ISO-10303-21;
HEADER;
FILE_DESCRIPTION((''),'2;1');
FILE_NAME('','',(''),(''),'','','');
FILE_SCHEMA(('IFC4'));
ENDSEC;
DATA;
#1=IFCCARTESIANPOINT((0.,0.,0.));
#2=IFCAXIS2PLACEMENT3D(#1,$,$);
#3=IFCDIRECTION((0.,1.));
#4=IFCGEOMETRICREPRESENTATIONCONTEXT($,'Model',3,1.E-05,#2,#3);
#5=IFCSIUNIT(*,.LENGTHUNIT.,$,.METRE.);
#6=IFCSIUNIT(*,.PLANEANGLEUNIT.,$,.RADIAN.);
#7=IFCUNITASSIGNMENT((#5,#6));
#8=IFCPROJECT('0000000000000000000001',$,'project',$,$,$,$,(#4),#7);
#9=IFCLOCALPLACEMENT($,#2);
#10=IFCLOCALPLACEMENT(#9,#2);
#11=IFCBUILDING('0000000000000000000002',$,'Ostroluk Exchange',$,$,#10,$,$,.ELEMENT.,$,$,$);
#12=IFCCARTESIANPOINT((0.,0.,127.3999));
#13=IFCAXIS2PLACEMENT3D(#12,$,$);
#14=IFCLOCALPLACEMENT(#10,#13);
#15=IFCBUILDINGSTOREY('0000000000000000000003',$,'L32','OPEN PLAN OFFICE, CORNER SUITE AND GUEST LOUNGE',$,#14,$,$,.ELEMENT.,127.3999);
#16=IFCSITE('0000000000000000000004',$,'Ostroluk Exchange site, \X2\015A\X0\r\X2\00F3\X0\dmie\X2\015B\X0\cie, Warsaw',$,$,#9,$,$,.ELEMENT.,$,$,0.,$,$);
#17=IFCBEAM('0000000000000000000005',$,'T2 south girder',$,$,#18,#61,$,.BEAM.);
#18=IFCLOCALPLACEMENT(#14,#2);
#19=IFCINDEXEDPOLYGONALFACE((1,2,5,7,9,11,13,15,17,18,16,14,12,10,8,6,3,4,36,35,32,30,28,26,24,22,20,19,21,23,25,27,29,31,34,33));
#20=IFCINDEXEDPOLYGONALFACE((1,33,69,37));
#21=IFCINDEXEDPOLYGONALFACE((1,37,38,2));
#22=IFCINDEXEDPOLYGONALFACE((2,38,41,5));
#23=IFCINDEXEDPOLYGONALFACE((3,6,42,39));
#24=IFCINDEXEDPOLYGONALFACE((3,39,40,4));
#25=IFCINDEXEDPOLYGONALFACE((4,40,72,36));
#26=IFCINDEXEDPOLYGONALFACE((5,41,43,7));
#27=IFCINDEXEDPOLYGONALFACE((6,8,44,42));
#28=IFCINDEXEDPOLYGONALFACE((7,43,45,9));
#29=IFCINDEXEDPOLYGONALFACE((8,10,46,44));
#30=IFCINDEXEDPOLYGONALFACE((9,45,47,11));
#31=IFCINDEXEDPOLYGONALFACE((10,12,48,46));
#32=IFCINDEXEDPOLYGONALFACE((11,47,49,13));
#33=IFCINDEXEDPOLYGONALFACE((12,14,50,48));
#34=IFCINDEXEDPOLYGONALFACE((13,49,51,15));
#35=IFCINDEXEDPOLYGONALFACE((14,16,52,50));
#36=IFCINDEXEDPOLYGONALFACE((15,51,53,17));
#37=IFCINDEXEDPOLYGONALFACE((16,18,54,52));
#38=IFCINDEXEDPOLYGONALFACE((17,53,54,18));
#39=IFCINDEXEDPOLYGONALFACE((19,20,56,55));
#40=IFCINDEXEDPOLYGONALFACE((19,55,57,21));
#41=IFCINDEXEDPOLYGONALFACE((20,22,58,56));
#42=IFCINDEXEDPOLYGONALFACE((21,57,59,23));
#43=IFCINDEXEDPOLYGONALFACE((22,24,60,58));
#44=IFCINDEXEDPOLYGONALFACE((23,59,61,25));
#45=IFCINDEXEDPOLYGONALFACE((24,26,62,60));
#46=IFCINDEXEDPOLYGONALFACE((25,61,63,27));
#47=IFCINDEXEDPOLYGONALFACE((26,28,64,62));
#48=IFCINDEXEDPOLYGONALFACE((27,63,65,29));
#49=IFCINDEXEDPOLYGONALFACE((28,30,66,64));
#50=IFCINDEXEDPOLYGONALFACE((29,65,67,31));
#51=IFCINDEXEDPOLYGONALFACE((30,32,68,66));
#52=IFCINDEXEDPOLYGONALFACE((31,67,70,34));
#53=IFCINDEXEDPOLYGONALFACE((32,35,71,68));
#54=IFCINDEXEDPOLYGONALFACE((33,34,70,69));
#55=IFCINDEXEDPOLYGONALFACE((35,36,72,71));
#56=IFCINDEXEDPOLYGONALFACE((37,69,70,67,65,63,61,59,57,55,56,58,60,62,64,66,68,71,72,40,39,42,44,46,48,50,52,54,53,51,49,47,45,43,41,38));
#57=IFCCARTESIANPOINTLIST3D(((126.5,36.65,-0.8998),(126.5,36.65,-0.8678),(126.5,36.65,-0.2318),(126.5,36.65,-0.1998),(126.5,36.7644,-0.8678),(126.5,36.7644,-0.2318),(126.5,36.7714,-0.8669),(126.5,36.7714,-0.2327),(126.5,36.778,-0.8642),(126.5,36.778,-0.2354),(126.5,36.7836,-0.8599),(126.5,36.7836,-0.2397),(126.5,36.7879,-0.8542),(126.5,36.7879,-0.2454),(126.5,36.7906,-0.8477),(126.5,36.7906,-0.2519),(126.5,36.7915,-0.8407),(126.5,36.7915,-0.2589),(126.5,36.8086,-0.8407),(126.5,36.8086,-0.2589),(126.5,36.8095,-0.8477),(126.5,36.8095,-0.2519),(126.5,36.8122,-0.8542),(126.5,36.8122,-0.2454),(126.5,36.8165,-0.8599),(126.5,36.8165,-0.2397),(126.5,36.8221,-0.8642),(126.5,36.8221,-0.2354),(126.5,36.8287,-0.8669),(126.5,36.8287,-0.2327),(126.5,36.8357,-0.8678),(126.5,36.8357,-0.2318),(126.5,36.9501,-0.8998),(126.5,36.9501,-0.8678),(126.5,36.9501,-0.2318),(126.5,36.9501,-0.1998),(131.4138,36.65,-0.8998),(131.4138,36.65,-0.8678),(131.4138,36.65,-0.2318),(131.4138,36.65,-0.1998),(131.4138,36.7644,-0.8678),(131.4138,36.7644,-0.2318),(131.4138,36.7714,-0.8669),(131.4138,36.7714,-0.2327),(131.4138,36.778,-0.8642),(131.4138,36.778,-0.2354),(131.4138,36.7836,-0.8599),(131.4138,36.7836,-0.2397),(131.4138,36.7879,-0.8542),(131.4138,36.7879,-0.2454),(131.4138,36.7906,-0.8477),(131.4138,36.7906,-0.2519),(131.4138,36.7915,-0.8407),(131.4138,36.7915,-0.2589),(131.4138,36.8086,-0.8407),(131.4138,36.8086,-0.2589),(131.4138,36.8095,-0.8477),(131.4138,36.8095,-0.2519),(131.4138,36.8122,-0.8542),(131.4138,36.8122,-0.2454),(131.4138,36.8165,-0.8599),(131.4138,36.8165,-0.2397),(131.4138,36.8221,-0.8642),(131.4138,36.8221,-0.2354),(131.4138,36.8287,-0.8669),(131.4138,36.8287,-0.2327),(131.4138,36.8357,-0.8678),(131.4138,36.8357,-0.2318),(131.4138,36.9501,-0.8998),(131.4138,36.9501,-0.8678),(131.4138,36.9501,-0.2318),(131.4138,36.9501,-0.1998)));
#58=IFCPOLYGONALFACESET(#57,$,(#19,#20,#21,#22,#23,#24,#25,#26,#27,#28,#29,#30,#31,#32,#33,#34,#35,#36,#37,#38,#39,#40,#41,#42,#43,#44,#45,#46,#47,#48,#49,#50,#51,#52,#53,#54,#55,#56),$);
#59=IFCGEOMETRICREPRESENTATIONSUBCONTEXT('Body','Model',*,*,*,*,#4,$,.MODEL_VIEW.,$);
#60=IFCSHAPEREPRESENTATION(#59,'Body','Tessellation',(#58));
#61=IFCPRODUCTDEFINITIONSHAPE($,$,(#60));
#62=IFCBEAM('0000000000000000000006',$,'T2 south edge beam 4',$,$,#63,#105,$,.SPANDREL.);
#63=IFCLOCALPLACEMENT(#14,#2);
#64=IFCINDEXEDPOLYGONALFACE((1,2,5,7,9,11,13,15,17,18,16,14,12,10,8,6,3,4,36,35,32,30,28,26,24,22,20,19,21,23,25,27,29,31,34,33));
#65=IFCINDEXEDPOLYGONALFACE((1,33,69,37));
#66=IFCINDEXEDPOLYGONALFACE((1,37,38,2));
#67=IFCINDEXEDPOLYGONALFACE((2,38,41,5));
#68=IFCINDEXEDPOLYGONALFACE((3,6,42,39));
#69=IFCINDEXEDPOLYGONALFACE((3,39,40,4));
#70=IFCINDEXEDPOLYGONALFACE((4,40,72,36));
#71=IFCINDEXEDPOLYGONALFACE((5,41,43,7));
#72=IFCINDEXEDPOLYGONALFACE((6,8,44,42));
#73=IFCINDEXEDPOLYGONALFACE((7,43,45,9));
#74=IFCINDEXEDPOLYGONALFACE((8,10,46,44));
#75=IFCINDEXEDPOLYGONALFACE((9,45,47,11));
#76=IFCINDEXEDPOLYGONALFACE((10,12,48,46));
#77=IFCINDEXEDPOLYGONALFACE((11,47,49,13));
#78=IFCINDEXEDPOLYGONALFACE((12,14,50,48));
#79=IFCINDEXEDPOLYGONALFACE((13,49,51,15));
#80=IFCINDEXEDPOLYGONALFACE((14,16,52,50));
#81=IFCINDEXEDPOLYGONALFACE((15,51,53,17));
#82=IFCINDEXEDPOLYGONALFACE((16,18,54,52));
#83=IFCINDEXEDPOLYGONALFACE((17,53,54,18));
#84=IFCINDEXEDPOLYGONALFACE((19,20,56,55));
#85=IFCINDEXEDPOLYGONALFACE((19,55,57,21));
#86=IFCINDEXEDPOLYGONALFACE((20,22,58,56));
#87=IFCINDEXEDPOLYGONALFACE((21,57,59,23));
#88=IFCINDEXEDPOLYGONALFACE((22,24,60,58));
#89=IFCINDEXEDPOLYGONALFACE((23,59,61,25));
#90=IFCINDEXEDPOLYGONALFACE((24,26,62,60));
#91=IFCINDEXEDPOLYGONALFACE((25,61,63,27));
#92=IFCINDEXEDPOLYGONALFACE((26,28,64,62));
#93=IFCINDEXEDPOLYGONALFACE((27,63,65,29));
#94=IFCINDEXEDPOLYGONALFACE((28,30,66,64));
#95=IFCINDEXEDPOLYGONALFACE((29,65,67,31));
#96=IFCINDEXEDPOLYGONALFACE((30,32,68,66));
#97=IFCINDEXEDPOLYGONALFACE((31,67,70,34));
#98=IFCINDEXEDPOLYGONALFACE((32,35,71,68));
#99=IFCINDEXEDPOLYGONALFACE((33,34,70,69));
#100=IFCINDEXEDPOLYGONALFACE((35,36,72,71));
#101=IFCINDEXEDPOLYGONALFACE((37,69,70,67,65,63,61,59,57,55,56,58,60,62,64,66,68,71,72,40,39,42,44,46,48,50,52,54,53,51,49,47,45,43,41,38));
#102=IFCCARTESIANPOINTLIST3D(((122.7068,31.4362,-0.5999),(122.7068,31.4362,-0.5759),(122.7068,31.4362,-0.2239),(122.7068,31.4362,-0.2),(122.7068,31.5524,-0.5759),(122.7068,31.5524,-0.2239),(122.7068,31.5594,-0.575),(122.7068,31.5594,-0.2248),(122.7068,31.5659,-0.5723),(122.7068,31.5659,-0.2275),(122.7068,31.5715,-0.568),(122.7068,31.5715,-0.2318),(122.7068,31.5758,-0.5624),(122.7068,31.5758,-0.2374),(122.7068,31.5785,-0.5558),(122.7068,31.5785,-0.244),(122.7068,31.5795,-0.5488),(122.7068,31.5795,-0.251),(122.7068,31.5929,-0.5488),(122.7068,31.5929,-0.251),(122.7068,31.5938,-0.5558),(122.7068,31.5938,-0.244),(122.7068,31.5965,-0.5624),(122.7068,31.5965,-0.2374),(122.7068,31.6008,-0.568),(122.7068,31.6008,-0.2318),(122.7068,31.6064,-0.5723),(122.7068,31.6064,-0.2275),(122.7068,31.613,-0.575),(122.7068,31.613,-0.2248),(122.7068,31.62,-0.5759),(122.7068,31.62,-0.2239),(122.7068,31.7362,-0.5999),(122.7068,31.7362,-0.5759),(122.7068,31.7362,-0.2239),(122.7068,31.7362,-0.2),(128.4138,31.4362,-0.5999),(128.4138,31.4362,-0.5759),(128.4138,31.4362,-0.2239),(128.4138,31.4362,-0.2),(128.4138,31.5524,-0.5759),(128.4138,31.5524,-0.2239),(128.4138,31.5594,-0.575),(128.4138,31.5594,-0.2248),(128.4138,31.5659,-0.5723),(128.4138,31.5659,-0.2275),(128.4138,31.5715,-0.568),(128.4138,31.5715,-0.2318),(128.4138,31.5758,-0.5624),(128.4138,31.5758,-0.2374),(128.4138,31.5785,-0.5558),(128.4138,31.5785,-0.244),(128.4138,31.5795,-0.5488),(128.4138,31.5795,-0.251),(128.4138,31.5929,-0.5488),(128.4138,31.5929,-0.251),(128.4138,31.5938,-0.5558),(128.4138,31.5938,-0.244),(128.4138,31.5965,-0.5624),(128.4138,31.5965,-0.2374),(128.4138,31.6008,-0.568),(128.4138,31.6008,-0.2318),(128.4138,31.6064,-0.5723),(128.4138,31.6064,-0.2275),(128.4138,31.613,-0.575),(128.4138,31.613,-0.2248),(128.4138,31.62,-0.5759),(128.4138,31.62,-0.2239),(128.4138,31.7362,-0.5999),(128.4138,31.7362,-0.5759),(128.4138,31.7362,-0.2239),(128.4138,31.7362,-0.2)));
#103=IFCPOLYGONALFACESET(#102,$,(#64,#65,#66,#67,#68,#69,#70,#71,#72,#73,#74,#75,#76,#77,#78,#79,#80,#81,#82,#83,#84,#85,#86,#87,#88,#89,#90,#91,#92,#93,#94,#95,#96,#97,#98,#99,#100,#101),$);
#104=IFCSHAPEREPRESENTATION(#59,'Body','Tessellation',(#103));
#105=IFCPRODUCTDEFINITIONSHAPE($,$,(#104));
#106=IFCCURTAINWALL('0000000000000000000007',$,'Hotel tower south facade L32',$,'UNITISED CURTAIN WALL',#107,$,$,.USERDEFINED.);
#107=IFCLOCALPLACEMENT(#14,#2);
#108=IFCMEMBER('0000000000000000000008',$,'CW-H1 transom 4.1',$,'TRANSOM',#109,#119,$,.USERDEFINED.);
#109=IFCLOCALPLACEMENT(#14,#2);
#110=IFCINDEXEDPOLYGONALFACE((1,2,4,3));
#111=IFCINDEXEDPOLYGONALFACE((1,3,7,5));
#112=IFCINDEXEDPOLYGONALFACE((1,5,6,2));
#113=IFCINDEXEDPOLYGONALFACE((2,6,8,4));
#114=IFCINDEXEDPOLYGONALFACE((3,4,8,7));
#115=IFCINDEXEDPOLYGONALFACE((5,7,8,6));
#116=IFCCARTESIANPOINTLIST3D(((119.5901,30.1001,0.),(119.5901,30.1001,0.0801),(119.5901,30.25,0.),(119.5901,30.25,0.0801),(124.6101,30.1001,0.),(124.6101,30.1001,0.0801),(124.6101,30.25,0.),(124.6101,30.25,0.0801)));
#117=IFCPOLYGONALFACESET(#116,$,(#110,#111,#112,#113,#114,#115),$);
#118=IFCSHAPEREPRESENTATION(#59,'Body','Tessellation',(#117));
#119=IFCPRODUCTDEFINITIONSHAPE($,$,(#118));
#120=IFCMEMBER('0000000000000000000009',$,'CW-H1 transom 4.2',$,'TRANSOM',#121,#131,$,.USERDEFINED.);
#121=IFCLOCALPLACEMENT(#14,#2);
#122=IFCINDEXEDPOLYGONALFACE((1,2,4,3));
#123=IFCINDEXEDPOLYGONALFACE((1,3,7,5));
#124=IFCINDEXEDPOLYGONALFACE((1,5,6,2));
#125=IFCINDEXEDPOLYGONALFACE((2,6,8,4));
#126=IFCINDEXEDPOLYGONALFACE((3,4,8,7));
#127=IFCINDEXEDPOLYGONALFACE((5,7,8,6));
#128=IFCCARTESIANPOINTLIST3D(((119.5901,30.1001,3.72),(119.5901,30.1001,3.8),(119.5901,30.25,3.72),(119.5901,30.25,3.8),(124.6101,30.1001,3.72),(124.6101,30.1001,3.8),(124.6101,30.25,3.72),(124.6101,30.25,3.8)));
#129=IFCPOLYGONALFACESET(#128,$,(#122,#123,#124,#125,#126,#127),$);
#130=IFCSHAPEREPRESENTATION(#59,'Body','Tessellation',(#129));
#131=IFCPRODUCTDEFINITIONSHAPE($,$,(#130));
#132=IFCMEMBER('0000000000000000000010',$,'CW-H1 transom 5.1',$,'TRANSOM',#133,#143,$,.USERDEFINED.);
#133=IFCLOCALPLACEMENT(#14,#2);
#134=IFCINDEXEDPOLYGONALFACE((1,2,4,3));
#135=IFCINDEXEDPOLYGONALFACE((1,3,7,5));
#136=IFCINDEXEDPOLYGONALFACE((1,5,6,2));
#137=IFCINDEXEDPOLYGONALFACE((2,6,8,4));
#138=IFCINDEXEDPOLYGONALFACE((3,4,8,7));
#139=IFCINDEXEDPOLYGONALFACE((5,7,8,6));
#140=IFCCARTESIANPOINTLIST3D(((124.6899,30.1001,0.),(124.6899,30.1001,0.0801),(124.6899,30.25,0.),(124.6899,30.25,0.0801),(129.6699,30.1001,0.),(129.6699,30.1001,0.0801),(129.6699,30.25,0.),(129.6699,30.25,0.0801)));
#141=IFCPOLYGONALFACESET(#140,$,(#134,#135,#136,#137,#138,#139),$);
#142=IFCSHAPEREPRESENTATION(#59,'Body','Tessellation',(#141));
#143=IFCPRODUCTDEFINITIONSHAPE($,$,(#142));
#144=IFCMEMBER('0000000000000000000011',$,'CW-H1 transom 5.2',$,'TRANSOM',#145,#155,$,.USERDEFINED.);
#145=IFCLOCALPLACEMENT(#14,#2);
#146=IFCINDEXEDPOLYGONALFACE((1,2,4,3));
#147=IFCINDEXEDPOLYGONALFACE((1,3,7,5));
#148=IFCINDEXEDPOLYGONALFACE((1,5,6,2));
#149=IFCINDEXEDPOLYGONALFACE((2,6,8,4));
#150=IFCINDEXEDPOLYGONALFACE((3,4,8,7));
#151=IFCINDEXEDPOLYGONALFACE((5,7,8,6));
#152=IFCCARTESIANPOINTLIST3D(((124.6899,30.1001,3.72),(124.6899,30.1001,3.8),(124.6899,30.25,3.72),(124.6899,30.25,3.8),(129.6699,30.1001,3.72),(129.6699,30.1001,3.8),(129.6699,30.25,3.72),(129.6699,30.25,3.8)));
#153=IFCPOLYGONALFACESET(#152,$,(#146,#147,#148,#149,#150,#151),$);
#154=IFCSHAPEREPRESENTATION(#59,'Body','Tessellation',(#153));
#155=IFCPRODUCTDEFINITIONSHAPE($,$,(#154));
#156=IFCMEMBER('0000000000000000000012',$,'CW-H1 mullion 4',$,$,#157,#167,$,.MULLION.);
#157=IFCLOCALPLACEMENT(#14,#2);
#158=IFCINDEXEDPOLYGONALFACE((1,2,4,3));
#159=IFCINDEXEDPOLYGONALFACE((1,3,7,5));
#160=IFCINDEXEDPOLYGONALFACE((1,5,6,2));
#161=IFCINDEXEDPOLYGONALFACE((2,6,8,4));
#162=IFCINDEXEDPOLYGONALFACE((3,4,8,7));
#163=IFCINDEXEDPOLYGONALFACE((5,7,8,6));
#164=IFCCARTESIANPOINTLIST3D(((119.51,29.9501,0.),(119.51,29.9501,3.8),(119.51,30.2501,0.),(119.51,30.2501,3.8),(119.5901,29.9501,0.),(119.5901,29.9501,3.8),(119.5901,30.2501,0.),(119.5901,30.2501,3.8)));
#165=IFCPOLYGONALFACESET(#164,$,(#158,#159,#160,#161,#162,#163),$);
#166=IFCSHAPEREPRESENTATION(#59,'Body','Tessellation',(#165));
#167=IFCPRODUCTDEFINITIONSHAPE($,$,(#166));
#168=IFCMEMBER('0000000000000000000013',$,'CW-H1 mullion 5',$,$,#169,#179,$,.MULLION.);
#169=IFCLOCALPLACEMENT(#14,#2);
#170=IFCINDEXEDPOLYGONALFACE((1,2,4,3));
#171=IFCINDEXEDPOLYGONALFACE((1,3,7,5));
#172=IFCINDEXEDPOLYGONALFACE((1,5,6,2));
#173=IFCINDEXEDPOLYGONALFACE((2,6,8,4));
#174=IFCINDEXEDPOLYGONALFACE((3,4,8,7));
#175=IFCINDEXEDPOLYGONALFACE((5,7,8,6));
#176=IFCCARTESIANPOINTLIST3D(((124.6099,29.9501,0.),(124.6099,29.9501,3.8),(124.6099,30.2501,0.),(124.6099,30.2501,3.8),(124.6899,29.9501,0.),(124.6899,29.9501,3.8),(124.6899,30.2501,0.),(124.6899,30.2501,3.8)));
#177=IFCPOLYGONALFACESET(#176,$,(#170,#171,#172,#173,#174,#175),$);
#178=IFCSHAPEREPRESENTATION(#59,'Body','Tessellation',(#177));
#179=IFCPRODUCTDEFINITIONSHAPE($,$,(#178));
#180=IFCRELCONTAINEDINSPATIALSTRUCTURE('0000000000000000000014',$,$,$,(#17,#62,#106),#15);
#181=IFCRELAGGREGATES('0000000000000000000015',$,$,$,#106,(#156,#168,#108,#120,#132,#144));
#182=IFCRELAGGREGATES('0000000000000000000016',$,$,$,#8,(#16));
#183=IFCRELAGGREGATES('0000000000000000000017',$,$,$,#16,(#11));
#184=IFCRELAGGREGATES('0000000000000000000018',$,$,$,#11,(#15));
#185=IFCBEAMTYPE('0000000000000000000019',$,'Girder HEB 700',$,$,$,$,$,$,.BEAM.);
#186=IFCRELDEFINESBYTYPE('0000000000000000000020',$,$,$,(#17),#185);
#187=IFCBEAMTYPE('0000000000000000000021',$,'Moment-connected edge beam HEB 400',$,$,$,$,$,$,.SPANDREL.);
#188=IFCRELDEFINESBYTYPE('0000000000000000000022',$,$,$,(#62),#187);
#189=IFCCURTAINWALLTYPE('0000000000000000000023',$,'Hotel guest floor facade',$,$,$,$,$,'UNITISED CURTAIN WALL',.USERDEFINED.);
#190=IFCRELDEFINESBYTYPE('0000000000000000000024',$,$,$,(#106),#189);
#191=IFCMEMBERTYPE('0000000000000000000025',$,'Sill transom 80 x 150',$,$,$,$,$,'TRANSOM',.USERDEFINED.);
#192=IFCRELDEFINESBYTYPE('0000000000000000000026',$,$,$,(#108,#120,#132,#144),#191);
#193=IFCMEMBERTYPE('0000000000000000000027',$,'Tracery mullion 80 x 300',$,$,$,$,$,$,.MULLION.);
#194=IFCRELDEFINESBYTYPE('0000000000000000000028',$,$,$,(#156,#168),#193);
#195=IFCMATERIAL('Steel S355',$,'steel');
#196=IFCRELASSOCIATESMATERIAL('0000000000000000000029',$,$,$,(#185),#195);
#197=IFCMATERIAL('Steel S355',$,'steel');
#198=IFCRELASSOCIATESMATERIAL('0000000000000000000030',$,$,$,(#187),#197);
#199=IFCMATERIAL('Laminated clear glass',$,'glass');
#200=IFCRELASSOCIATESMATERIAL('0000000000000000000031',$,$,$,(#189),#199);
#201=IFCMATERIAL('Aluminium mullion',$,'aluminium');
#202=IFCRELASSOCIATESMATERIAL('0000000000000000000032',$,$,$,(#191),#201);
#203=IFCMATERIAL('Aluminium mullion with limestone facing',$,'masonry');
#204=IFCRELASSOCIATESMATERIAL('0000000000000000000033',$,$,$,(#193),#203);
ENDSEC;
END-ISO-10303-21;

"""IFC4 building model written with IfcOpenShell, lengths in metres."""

from ifc_helpers import new_model, si_unit, direction, frame, origin, origin_2d, place, context, subcontext, project, spatial, rectangle, i_section, extrude, material, material_profile, profile_set, type_object, element, aggregate, save


model = new_model("IFC4")

# Units and contexts
model_context = context("Model", 3, precision=1e-05, world=origin(), true_north=direction((0.0, 1.0)))
body_context = subcontext(model_context, "Body", "Model", "MODEL_VIEW")
ifc_project = project(units=[si_unit("LENGTHUNIT", "METRE"), si_unit("PLANEANGLEUNIT", "RADIAN")], contexts=[model_context])

# Site, building, storey
site_placement = place(None, origin())
site = spatial("IfcSite", under=ifc_project, at=site_placement, Name="Ostroluk Exchange site, Śródmieście, Warsaw", CompositionType="ELEMENT", RefElevation=0.0)
building_placement = place(site_placement, origin())
building = spatial("IfcBuilding", under=site, at=building_placement, Name="Ostroluk Exchange", CompositionType="ELEMENT")
storey_placement = place(building_placement, frame((0.0, 0.0, 127.3999)))
storey = spatial("IfcBuildingStorey", under=building, at=storey_placement, Name="L32", Description="OPEN PLAN OFFICE, CORNER SUITE AND GUEST LOUNGE", CompositionType="ELEMENT", Elevation=127.3999)

# Beams
ifc_material_1 = material(Name="Steel S355", Category="steel")
ifc_material_profile_1 = material_profile(ifc_material_1, i_section(OverallWidth=0.3, OverallDepth=0.7, WebThickness=0.0171, FlangeThickness=0.032, FilletRadius=0.0271, at=origin_2d()), Name="HEB 700")
ifc_profile_set_1 = profile_set([ifc_material_profile_1], Name="Steel S355")
beam_type_1 = type_object("IfcBeamType", Name="Girder HEB 700", PredefinedType="BEAM", material=ifc_profile_set_1)
beam_1_placement = place(storey_placement, frame((126.5, 36.8, -0.5498), z_axis=(1.0, 0.0, 0.0), x_axis=(0.0, 1.0, 0.0)))
element("IfcBeam", 1, at=beam_1_placement, inside=storey, type_object=beam_type_1, Name="T2 south girder", PredefinedType="BEAM", context=body_context, shape_type="SweptSolid", body=[
    extrude(i_section(OverallWidth=0.3, OverallDepth=0.7, WebThickness=0.0171, FlangeThickness=0.032, FilletRadius=0.0271, at=origin_2d()), origin(), (0.0, 0.0, 1.0), 4.9138),
])
ifc_material_2 = material(Name="Steel S355", Category="steel")
ifc_material_profile_2 = material_profile(ifc_material_2, i_section(OverallWidth=0.3, OverallDepth=0.3999, WebThickness=0.0134, FlangeThickness=0.0239, FilletRadius=0.0271, at=origin_2d()), Name="HEB 400")
ifc_profile_set_2 = profile_set([ifc_material_profile_2], Name="Steel S355")
beam_type_2 = type_object("IfcBeamType", Name="Moment-connected edge beam HEB 400", PredefinedType="SPANDREL", material=ifc_profile_set_2)
beam_2_placement = place(storey_placement, frame((122.7068, 31.5862, -0.3999), z_axis=(1.0, 0.0, 0.0), x_axis=(0.0, 1.0, 0.0)))
element("IfcBeam", 2, at=beam_2_placement, inside=storey, type_object=beam_type_2, Name="T2 south edge beam 4", PredefinedType="SPANDREL", context=body_context, shape_type="SweptSolid", body=[
    extrude(i_section(OverallWidth=0.3, OverallDepth=0.3999, WebThickness=0.0134, FlangeThickness=0.0239, FilletRadius=0.0271, at=origin_2d()), origin(), (0.0, 0.0, 1.0), 5.707),
])

# Curtain wall, members
ifc_material_3 = material(Name="Laminated clear glass", Category="glass")
curtain_wall_type = type_object("IfcCurtainWallType", Name="Hotel guest floor facade", ElementType="UNITISED CURTAIN WALL", PredefinedType="USERDEFINED", material=ifc_material_3)
curtain_wall_placement = place(storey_placement, origin())
curtain_wall = element("IfcCurtainWall", 3, at=curtain_wall_placement, inside=storey, type_object=curtain_wall_type, Name="Hotel tower south facade L32", ObjectType="UNITISED CURTAIN WALL", PredefinedType="USERDEFINED")
ifc_material_4 = material(Name="Aluminium mullion", Category="aluminium")
ifc_material_profile_3 = material_profile(ifc_material_4, rectangle(XDim=0.1499, YDim=0.0801, at=origin_2d()), Name="Sill transom 80 x 150")
ifc_profile_set_3 = profile_set([ifc_material_profile_3], Name="Aluminium mullion")
member_type_1 = type_object("IfcMemberType", Name="Sill transom 80 x 150", ElementType="TRANSOM", PredefinedType="USERDEFINED", material=ifc_profile_set_3)
member_1_placement = place(storey_placement, frame((119.5901, 30.175, 0.04), z_axis=(1.0, 0.0, 0.0), x_axis=(0.0, 1.0, 0.0)))
member_1 = element("IfcMember", 4, at=member_1_placement, type_object=member_type_1, Name="CW-H1 transom 4.1", ObjectType="TRANSOM", PredefinedType="USERDEFINED", context=body_context, shape_type="SweptSolid", body=[
    extrude(rectangle(XDim=0.1499, YDim=0.0801, at=origin_2d()), origin(), (0.0, 0.0, 1.0), 5.02),
])
member_2_placement = place(storey_placement, frame((119.5901, 30.175, 3.76), z_axis=(1.0, 0.0, 0.0), x_axis=(0.0, 1.0, 0.0)))
member_2 = element("IfcMember", 5, at=member_2_placement, type_object=member_type_1, Name="CW-H1 transom 4.2", ObjectType="TRANSOM", PredefinedType="USERDEFINED", context=body_context, shape_type="SweptSolid", body=[
    extrude(rectangle(XDim=0.1499, YDim=0.0801, at=origin_2d()), origin(), (0.0, 0.0, 1.0), 5.02),
])
member_3_placement = place(storey_placement, frame((124.6899, 30.175, 0.04), z_axis=(1.0, 0.0, 0.0), x_axis=(0.0, 1.0, 0.0)))
member_3 = element("IfcMember", 6, at=member_3_placement, type_object=member_type_1, Name="CW-H1 transom 5.1", ObjectType="TRANSOM", PredefinedType="USERDEFINED", context=body_context, shape_type="SweptSolid", body=[
    extrude(rectangle(XDim=0.1499, YDim=0.0801, at=origin_2d()), origin(), (0.0, 0.0, 1.0), 4.98),
])
member_4_placement = place(storey_placement, frame((124.6899, 30.175, 3.76), z_axis=(1.0, 0.0, 0.0), x_axis=(0.0, 1.0, 0.0)))
member_4 = element("IfcMember", 7, at=member_4_placement, type_object=member_type_1, Name="CW-H1 transom 5.2", ObjectType="TRANSOM", PredefinedType="USERDEFINED", context=body_context, shape_type="SweptSolid", body=[
    extrude(rectangle(XDim=0.1499, YDim=0.0801, at=origin_2d()), origin(), (0.0, 0.0, 1.0), 4.98),
])
ifc_material_5 = material(Name="Aluminium mullion with limestone facing", Category="masonry")
ifc_material_profile_4 = material_profile(ifc_material_5, rectangle(XDim=0.3, YDim=0.0801, at=origin_2d()), Name="Tracery mullion 80 x 300")
ifc_profile_set_4 = profile_set([ifc_material_profile_4], Name="Aluminium mullion with limestone facing")
member_type_2 = type_object("IfcMemberType", Name="Tracery mullion 80 x 300", PredefinedType="MULLION", material=ifc_profile_set_4)
member_5_placement = place(storey_placement, frame((119.55, 30.1001, 0.0), z_axis=(0.0, 0.0, 1.0), x_axis=(0.0, 1.0, 0.0)))
member_5 = element("IfcMember", 8, at=member_5_placement, type_object=member_type_2, Name="CW-H1 mullion 4", PredefinedType="MULLION", context=body_context, shape_type="SweptSolid", body=[
    extrude(rectangle(XDim=0.3, YDim=0.0801, at=origin_2d()), origin(), (0.0, 0.0, 1.0), 3.8),
])
member_6_placement = place(storey_placement, frame((124.6499, 30.1001, 0.0), z_axis=(0.0, 0.0, 1.0), x_axis=(0.0, 1.0, 0.0)))
member_6 = element("IfcMember", 9, at=member_6_placement, type_object=member_type_2, Name="CW-H1 mullion 5", PredefinedType="MULLION", context=body_context, shape_type="SweptSolid", body=[
    extrude(rectangle(XDim=0.3, YDim=0.0801, at=origin_2d()), origin(), (0.0, 0.0, 1.0), 3.8),
])
aggregate(curtain_wall, [member_5, member_6, member_1, member_2, member_3, member_4])

save(model, "model.ifc")
